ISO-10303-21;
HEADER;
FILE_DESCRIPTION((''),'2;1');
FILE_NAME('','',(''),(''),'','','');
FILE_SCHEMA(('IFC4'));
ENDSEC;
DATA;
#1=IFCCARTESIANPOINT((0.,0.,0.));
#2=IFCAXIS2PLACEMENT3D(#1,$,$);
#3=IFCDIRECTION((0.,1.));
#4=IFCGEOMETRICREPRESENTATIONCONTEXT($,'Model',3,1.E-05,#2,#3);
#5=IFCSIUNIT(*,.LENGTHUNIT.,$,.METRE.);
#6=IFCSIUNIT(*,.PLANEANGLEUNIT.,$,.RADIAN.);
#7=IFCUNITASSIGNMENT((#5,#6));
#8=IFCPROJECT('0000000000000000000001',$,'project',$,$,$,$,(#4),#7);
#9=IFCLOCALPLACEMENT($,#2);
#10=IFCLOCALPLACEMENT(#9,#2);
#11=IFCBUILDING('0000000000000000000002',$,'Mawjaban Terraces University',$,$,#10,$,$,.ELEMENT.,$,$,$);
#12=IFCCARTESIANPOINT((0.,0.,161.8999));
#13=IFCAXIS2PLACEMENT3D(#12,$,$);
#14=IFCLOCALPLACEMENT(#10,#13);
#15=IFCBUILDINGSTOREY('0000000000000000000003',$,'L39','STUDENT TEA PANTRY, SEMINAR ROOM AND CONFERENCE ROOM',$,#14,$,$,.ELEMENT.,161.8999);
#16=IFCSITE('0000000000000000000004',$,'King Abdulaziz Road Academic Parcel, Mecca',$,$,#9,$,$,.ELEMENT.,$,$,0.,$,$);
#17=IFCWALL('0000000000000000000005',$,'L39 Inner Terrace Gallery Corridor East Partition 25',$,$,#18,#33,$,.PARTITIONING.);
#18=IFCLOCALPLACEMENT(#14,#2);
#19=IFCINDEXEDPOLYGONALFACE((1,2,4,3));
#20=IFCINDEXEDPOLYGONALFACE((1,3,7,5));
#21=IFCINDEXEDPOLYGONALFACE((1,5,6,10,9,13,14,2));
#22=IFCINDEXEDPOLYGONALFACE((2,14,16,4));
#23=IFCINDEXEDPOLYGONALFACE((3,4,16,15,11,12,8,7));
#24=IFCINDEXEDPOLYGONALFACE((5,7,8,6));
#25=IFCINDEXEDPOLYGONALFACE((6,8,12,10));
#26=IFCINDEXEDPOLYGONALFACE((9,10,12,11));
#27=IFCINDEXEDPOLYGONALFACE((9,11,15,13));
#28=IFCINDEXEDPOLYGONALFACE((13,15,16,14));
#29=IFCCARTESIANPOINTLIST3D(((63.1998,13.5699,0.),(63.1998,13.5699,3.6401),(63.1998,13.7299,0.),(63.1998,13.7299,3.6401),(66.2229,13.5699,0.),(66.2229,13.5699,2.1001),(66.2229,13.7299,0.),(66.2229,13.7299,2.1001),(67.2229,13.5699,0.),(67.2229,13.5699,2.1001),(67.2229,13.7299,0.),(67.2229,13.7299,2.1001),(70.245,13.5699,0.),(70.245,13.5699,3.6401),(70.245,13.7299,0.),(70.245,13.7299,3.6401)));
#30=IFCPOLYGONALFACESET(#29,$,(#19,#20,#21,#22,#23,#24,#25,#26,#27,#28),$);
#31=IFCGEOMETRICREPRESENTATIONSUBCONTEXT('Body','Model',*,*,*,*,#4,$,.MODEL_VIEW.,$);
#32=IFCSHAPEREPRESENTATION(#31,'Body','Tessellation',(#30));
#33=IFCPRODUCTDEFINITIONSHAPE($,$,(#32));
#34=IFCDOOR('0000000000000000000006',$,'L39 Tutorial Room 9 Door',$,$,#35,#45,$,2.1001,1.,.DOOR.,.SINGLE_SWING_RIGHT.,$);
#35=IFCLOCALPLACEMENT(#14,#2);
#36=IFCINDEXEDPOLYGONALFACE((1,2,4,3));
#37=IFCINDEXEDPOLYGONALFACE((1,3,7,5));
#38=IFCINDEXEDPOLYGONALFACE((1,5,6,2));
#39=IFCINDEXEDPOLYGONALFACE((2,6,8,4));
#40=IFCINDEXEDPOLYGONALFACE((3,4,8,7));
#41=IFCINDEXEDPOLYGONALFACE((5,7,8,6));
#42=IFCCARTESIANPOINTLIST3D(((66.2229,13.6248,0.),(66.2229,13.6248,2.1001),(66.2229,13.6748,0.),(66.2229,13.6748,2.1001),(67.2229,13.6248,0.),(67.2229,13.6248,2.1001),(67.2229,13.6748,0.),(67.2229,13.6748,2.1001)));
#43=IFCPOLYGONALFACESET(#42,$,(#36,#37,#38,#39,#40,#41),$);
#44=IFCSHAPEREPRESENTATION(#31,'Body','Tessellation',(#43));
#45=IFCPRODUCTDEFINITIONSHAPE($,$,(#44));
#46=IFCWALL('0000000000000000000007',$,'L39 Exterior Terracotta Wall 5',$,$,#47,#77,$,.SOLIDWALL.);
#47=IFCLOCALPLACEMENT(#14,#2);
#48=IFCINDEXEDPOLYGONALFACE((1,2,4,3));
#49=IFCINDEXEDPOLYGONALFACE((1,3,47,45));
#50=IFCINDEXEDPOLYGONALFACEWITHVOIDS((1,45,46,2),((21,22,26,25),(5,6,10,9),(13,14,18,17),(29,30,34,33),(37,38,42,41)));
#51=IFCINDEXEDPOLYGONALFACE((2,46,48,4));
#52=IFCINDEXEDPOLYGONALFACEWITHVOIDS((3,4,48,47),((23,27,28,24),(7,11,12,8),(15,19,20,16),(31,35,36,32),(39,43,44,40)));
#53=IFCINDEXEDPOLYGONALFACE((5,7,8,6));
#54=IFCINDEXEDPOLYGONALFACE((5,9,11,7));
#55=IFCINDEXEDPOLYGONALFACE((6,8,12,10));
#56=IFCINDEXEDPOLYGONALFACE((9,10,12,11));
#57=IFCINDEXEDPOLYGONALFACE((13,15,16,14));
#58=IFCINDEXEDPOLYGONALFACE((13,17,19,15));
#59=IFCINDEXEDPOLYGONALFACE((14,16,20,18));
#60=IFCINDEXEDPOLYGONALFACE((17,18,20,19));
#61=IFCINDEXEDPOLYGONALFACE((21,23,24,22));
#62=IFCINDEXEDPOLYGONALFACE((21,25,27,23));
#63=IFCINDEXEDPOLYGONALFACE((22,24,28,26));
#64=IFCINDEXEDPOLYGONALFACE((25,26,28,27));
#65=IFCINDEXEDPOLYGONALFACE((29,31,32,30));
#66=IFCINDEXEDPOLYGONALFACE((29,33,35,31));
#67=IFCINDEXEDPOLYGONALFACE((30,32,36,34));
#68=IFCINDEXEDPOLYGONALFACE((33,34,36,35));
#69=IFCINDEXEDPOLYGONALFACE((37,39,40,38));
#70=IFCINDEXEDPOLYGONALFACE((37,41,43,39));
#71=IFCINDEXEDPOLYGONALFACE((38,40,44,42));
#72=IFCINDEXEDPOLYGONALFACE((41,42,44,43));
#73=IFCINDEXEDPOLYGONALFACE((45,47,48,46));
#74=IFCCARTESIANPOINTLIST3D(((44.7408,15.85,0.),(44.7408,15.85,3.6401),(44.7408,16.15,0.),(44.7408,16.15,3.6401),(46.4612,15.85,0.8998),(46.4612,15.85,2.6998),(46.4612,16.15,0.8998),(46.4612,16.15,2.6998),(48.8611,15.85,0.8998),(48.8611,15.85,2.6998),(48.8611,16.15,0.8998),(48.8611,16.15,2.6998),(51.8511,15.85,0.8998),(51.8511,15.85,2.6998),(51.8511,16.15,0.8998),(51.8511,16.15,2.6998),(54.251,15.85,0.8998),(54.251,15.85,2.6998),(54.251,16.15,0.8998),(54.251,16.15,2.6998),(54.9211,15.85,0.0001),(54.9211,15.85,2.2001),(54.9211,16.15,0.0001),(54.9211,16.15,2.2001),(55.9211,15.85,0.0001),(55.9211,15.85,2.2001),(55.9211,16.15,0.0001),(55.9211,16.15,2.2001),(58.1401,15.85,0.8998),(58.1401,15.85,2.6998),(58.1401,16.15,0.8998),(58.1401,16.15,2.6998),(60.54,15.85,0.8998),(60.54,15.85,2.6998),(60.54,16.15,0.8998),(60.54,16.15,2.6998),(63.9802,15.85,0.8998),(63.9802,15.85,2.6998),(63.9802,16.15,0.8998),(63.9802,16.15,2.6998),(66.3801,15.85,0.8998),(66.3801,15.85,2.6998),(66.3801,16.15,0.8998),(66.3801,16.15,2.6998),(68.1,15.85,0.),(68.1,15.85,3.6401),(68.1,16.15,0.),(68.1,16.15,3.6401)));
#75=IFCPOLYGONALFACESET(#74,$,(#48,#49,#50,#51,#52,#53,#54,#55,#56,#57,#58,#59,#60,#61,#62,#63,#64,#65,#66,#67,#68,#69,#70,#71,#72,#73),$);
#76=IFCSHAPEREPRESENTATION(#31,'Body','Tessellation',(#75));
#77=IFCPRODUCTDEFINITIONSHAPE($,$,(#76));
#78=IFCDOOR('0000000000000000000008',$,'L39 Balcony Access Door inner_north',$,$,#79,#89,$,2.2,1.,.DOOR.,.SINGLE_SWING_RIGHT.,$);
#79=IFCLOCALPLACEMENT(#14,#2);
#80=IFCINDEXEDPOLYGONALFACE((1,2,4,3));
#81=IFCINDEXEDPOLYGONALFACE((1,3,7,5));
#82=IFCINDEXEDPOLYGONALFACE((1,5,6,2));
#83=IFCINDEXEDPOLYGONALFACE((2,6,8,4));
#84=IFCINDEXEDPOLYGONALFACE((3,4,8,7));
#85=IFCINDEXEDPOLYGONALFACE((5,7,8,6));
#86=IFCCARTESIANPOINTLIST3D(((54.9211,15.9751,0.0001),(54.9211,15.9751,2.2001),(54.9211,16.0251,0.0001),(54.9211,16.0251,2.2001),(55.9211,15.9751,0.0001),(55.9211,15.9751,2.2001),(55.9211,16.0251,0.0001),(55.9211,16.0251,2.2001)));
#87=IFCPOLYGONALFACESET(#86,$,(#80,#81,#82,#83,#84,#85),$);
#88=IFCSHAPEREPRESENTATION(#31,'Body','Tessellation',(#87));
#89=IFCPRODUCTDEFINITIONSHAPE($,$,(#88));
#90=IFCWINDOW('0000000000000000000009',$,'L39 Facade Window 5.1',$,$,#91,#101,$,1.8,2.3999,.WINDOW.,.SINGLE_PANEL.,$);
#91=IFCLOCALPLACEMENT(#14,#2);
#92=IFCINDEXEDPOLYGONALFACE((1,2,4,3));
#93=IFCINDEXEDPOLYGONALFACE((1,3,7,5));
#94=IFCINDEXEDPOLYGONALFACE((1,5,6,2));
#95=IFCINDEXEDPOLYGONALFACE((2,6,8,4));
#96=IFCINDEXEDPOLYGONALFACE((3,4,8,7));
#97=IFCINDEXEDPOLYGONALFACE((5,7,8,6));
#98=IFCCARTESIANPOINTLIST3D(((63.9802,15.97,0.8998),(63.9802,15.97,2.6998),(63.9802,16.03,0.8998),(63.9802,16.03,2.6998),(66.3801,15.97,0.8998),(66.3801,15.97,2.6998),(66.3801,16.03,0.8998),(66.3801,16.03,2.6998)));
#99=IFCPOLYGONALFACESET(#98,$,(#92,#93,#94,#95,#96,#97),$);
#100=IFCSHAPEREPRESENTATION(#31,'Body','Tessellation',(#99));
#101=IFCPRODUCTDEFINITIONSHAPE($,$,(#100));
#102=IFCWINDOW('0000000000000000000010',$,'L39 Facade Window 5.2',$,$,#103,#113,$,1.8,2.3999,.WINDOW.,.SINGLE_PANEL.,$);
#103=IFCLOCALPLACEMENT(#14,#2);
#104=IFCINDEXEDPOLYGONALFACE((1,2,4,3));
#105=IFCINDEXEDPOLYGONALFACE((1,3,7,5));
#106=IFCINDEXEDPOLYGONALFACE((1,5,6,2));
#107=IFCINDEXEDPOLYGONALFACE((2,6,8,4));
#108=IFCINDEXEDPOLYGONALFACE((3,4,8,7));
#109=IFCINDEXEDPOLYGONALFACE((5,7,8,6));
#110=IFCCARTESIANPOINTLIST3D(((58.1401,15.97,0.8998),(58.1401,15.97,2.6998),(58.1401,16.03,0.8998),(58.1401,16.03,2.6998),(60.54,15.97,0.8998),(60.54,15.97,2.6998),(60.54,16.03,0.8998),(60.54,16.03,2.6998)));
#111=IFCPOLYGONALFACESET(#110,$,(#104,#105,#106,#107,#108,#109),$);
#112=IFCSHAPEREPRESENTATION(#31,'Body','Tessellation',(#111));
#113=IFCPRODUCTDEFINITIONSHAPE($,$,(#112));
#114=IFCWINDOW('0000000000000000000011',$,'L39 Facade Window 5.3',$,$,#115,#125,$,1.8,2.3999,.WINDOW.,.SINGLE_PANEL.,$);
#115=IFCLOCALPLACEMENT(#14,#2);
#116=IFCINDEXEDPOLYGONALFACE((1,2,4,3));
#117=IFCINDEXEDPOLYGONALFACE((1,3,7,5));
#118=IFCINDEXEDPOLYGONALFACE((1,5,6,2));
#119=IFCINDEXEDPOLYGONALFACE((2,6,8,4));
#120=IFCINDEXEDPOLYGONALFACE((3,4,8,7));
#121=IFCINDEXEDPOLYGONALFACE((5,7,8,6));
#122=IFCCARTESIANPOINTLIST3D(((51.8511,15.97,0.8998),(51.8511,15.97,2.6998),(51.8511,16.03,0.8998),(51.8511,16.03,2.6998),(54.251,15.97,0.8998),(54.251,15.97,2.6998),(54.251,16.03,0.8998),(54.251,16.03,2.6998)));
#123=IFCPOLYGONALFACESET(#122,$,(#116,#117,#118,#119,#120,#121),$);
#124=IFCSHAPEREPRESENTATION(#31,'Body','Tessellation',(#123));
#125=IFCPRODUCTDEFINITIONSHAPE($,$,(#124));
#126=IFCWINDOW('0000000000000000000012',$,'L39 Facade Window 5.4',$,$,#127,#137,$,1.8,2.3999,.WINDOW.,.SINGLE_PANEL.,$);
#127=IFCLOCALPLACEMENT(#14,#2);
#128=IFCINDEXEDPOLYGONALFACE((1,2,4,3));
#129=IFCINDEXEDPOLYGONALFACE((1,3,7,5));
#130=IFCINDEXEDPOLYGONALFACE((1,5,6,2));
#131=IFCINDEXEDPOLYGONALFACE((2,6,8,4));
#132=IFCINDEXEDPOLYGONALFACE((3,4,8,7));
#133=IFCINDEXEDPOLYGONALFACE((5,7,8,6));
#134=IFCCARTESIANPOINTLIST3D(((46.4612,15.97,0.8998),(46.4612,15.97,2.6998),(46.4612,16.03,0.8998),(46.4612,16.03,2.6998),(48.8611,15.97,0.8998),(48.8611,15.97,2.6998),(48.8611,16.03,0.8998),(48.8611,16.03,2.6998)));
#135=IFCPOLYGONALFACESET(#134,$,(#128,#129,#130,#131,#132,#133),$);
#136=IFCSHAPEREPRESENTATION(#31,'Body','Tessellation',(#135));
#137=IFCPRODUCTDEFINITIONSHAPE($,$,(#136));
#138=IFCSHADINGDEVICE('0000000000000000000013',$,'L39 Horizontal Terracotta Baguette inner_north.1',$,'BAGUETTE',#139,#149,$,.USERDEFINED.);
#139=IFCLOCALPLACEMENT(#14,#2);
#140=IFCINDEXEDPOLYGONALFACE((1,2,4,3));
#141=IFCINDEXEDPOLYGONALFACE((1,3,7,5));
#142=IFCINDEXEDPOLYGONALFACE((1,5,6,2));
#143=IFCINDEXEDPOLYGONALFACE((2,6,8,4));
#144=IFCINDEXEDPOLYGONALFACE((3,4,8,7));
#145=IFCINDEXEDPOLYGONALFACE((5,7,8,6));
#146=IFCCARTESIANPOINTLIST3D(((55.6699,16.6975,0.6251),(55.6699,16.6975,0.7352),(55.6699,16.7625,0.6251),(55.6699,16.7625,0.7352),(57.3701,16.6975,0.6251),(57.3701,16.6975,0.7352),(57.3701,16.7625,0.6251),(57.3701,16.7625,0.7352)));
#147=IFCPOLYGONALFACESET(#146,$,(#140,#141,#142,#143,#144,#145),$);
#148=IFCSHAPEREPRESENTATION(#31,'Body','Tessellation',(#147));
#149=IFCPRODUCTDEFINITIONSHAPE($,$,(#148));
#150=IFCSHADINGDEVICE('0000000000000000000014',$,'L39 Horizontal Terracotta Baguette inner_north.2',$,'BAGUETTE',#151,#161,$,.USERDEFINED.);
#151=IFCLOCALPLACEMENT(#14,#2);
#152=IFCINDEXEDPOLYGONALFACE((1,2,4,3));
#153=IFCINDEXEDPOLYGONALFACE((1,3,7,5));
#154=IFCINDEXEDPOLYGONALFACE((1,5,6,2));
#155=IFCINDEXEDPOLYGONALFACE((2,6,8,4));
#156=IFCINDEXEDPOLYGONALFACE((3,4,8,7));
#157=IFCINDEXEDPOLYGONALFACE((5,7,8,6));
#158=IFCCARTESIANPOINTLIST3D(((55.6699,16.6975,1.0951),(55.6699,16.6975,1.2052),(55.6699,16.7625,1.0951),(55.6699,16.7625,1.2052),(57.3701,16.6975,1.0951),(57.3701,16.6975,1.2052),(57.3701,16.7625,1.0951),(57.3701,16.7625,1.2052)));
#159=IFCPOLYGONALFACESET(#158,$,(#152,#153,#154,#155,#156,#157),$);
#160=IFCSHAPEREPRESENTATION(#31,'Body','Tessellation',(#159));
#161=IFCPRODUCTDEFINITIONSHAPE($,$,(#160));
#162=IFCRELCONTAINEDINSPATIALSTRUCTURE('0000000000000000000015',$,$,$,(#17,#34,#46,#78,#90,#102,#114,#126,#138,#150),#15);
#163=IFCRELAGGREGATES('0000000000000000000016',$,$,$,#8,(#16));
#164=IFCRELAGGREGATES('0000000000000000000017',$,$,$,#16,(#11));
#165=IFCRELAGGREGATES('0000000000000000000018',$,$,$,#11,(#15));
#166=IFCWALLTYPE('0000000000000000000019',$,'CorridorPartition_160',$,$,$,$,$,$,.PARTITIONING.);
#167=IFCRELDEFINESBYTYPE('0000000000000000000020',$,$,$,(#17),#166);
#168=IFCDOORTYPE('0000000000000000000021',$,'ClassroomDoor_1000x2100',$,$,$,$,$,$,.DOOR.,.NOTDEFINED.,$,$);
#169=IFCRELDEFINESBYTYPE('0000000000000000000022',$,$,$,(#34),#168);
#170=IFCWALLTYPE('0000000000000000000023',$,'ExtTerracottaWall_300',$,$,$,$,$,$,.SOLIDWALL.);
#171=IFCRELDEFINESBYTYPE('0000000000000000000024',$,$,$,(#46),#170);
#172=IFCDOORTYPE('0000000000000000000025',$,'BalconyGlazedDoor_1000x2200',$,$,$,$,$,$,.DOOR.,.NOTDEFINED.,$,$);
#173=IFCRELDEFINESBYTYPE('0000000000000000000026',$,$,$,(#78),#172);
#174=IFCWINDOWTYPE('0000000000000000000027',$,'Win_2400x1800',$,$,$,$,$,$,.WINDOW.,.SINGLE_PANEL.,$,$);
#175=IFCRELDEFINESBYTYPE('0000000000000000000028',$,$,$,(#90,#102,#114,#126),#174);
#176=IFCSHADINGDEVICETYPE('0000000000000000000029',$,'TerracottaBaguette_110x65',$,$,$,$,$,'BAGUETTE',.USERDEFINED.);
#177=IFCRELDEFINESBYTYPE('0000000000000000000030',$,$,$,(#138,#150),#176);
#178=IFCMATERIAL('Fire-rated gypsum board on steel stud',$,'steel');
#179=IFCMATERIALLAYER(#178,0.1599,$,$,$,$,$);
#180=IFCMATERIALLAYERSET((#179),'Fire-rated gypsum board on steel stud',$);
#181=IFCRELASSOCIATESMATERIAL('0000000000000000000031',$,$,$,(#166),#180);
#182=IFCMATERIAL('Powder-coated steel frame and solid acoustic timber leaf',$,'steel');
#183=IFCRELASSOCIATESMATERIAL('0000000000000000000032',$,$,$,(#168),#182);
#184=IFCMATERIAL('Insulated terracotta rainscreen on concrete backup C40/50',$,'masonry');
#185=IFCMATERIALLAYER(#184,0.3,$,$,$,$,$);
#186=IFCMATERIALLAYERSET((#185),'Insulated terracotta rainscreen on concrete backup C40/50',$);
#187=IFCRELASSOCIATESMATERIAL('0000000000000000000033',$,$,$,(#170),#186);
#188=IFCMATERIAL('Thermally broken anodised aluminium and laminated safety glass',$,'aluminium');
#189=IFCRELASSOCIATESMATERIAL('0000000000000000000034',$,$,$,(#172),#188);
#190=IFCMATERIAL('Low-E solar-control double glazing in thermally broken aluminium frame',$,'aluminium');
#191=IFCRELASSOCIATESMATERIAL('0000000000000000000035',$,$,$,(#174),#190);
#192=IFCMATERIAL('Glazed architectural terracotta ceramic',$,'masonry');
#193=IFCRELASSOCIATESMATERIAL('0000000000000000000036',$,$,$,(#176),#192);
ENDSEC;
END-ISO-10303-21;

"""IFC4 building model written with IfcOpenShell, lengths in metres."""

from ifc_helpers import new_model, si_unit, direction, frame, frame_2d, origin, origin_2d, place, context, subcontext, project, spatial, rectangle, extrude, material, layer, layer_set, material_profile, profile_set, type_object, element, fill, save


model = new_model("IFC4")

# Units and contexts
model_context = context("Model", 3, precision=1e-05, world=origin(), true_north=direction((0.0, 1.0)))
body_context = subcontext(model_context, "Body", "Model", "MODEL_VIEW")
ifc_project = project(units=[si_unit("LENGTHUNIT", "METRE"), si_unit("PLANEANGLEUNIT", "RADIAN")], contexts=[model_context])

# Site, building, storey
site_placement = place(None, origin())
site = spatial("IfcSite", under=ifc_project, at=site_placement, Name="King Abdulaziz Road Academic Parcel, Mecca", CompositionType="ELEMENT", RefElevation=0.0)
building_placement = place(site_placement, origin())
building = spatial("IfcBuilding", under=site, at=building_placement, Name="Mawjaban Terraces University", CompositionType="ELEMENT")
storey_placement = place(building_placement, frame((0.0, 0.0, 161.8999)))
storey = spatial("IfcBuildingStorey", under=building, at=storey_placement, Name="L39", Description="STUDENT TEA PANTRY, SEMINAR ROOM AND CONFERENCE ROOM", CompositionType="ELEMENT", Elevation=161.8999)

# Wall, opening, door
ifc_material_1 = material(Name="Fire-rated gypsum board on steel stud", Category="steel")
ifc_layer_1 = layer(ifc_material_1, 0.1599)
ifc_layer_set_1 = layer_set([ifc_layer_1], Name="Fire-rated gypsum board on steel stud")
wall_type_1 = type_object("IfcWallType", Name="CorridorPartition_160", PredefinedType="PARTITIONING", material=ifc_layer_set_1)
ifc_material_2 = material(Name="Powder-coated steel frame and solid acoustic timber leaf", Category="steel")
door_type_1 = type_object("IfcDoorType", Name="ClassroomDoor_1000x2100", OperationType="NOTDEFINED", PredefinedType="DOOR", material=ifc_material_2)
wall_1_placement = place(storey_placement, frame((63.2, 13.6499, 0.0), z_axis=(0.0, 0.0, 1.0), x_axis=(1.0, 0.0, 0.0)))
wall_1 = element("IfcWall", 1, at=wall_1_placement, inside=storey, type_object=wall_type_1, Name="L39 Inner Terrace Gallery Corridor East Partition 25", PredefinedType="PARTITIONING", context=body_context, shape_type="SweptSolid", body=[
    extrude(rectangle(XDim=7.0452, YDim=0.1599, at=frame_2d((3.5225, 0.0))), origin(), (0.0, 0.0, 1.0), 3.6401),
])
opening_1_placement = place(wall_1_placement, frame((3.0229, 0.0, 0.0)))
opening_1 = element("IfcOpeningElement", 2, at=opening_1_placement, cuts=wall_1, PredefinedType="OPENING", context=body_context, shape_type="SweptSolid", body=[
    extrude(rectangle(XDim=1.0, YDim=2.1001, at=frame_2d((0.5, 1.05))), frame((0.0, 0.0898, 0.0), z_axis=(0.0, -1.0, 0.0), x_axis=(1.0, 0.0, 0.0)), (0.0, 0.0, 1.0), 0.1799),
])
door_1_placement = place(opening_1_placement, origin())
door_1 = element("IfcDoor", 3, at=door_1_placement, inside=storey, type_object=door_type_1, Name="L39 Tutorial Room 9 Door", OperationType="SINGLE_SWING_RIGHT", OverallHeight=2.1001, OverallWidth=1.0, PredefinedType="DOOR", context=body_context, shape_type="SweptSolid", body=[
    extrude(rectangle(XDim=1.0, YDim=2.1001, at=frame_2d((0.5, 1.05))), frame((0.0, 0.0249, 0.0), z_axis=(0.0, -1.0, 0.0), x_axis=(1.0, 0.0, 0.0)), (0.0, 0.0, 1.0), 0.05),
])
fill(opening_1, door_1)

# Wall, openings, door, windows
ifc_material_3 = material(Name="Insulated terracotta rainscreen on concrete backup C40/50", Category="masonry")
ifc_layer_2 = layer(ifc_material_3, 0.3)
ifc_layer_set_2 = layer_set([ifc_layer_2], Name="Insulated terracotta rainscreen on concrete backup C40/50")
wall_type_2 = type_object("IfcWallType", Name="ExtTerracottaWall_300", PredefinedType="SOLIDWALL", material=ifc_layer_set_2)
wall_2_placement = place(storey_placement, frame((68.1001, 16.0, 0.0), z_axis=(0.0, 0.0, 1.0), x_axis=(-1.0, 0.0, 0.0)))
wall_2 = element("IfcWall", 4, at=wall_2_placement, inside=storey, type_object=wall_type_2, Name="L39 Exterior Terracotta Wall 5", PredefinedType="SOLIDWALL", context=body_context, shape_type="SweptSolid", body=[
    extrude(rectangle(XDim=23.3591, YDim=0.3, at=frame_2d((11.6797, 0.0))), origin(), (0.0, 0.0, 1.0), 3.6401),
])
opening_2_placement = place(wall_2_placement, frame((12.179, 0.0, 0.0)))
opening_2 = element("IfcOpeningElement", 5, at=opening_2_placement, cuts=wall_2, PredefinedType="OPENING", context=body_context, shape_type="SweptSolid", body=[
    extrude(rectangle(XDim=1.0, YDim=2.2, at=frame_2d((0.5, 1.1001))), frame((0.0, 0.1599, 0.0), z_axis=(0.0, -1.0, 0.0), x_axis=(1.0, 0.0, 0.0)), (0.0, 0.0, 1.0), 0.3201),
])
opening_3_placement = place(wall_2_placement, frame((1.72, 0.0, 0.8999)))
opening_3 = element("IfcOpeningElement", 6, at=opening_3_placement, cuts=wall_2, PredefinedType="OPENING", context=body_context, shape_type="SweptSolid", body=[
    extrude(rectangle(XDim=2.3999, YDim=1.8, at=frame_2d((1.2, 0.8999))), frame((0.0, 0.1599, 0.0), z_axis=(0.0, -1.0, 0.0), x_axis=(1.0, 0.0, 0.0)), (0.0, 0.0, 1.0), 0.3201),
])
opening_4_placement = place(wall_2_placement, frame((7.5601, 0.0, 0.8999)))
opening_4 = element("IfcOpeningElement", 7, at=opening_4_placement, cuts=wall_2, PredefinedType="OPENING", context=body_context, shape_type="SweptSolid", body=[
    extrude(rectangle(XDim=2.3999, YDim=1.8, at=frame_2d((1.2, 0.8999))), frame((0.0, 0.1599, 0.0), z_axis=(0.0, -1.0, 0.0), x_axis=(1.0, 0.0, 0.0)), (0.0, 0.0, 1.0), 0.3201),
])
opening_5_placement = place(wall_2_placement, frame((13.8491, 0.0, 0.8999)))
opening_5 = element("IfcOpeningElement", 8, at=opening_5_placement, cuts=wall_2, PredefinedType="OPENING", context=body_context, shape_type="SweptSolid", body=[
    extrude(rectangle(XDim=2.3999, YDim=1.8, at=frame_2d((1.2, 0.8999))), frame((0.0, 0.1599, 0.0), z_axis=(0.0, -1.0, 0.0), x_axis=(1.0, 0.0, 0.0)), (0.0, 0.0, 1.0), 0.3201),
])
opening_6_placement = place(wall_2_placement, frame((19.239, 0.0, 0.8999)))
opening_6 = element("IfcOpeningElement", 9, at=opening_6_placement, cuts=wall_2, PredefinedType="OPENING", context=body_context, shape_type="SweptSolid", body=[
    extrude(rectangle(XDim=2.3999, YDim=1.8, at=frame_2d((1.2, 0.8999))), frame((0.0, 0.1599, 0.0), z_axis=(0.0, -1.0, 0.0), x_axis=(1.0, 0.0, 0.0)), (0.0, 0.0, 1.0), 0.3201),
])
ifc_material_4 = material(Name="Thermally broken anodised aluminium and laminated safety glass", Category="aluminium")
door_type_2 = type_object("IfcDoorType", Name="BalconyGlazedDoor_1000x2200", OperationType="NOTDEFINED", PredefinedType="DOOR", material=ifc_material_4)
door_2_placement = place(opening_2_placement, origin())
door_2 = element("IfcDoor", 10, at=door_2_placement, inside=storey, type_object=door_type_2, Name="L39 Balcony Access Door inner_north", OperationType="SINGLE_SWING_RIGHT", OverallHeight=2.2, OverallWidth=1.0, PredefinedType="DOOR", context=body_context, shape_type="SweptSolid", body=[
    extrude(rectangle(XDim=1.0, YDim=2.2, at=frame_2d((0.5, 1.1001))), frame((0.0, 0.0249, 0.0), z_axis=(0.0, -1.0, 0.0), x_axis=(1.0, 0.0, 0.0)), (0.0, 0.0, 1.0), 0.05),
])
fill(opening_2, door_2)
ifc_material_5 = material(Name="Low-E solar-control double glazing in thermally broken aluminium frame", Category="aluminium")
window_type = type_object("IfcWindowType", Name="Win_2400x1800", PartitioningType="SINGLE_PANEL", PredefinedType="WINDOW", material=ifc_material_5)
window_1_placement = place(opening_3_placement, origin())
window_1 = element("IfcWindow", 11, at=window_1_placement, inside=storey, type_object=window_type, Name="L39 Facade Window 5.1", OverallHeight=1.8, OverallWidth=2.3999, PartitioningType="SINGLE_PANEL", PredefinedType="WINDOW", context=body_context, shape_type="SweptSolid", body=[
    extrude(rectangle(XDim=2.3999, YDim=1.8, at=frame_2d((1.2, 0.8999))), frame((0.0, 0.03, 0.0), z_axis=(0.0, -1.0, 0.0), x_axis=(1.0, 0.0, 0.0)), (0.0, 0.0, 1.0), 0.0601),
])
fill(opening_3, window_1)
window_2_placement = place(opening_4_placement, origin())
window_2 = element("IfcWindow", 12, at=window_2_placement, inside=storey, type_object=window_type, Name="L39 Facade Window 5.2", OverallHeight=1.8, OverallWidth=2.3999, PartitioningType="SINGLE_PANEL", PredefinedType="WINDOW", context=body_context, shape_type="SweptSolid", body=[
    extrude(rectangle(XDim=2.3999, YDim=1.8, at=frame_2d((1.2, 0.8999))), frame((0.0, 0.03, 0.0), z_axis=(0.0, -1.0, 0.0), x_axis=(1.0, 0.0, 0.0)), (0.0, 0.0, 1.0), 0.0601),
])
fill(opening_4, window_2)
window_3_placement = place(opening_5_placement, origin())
window_3 = element("IfcWindow", 13, at=window_3_placement, inside=storey, type_object=window_type, Name="L39 Facade Window 5.3", OverallHeight=1.8, OverallWidth=2.3999, PartitioningType="SINGLE_PANEL", PredefinedType="WINDOW", context=body_context, shape_type="SweptSolid", body=[
    extrude(rectangle(XDim=2.3999, YDim=1.8, at=frame_2d((1.2, 0.8999))), frame((0.0, 0.03, 0.0), z_axis=(0.0, -1.0, 0.0), x_axis=(1.0, 0.0, 0.0)), (0.0, 0.0, 1.0), 0.0601),
])
fill(opening_5, window_3)
window_4_placement = place(opening_6_placement, origin())
window_4 = element("IfcWindow", 14, at=window_4_placement, inside=storey, type_object=window_type, Name="L39 Facade Window 5.4", OverallHeight=1.8, OverallWidth=2.3999, PartitioningType="SINGLE_PANEL", PredefinedType="WINDOW", context=body_context, shape_type="SweptSolid", body=[
    extrude(rectangle(XDim=2.3999, YDim=1.8, at=frame_2d((1.2, 0.8999))), frame((0.0, 0.03, 0.0), z_axis=(0.0, -1.0, 0.0), x_axis=(1.0, 0.0, 0.0)), (0.0, 0.0, 1.0), 0.0601),
])
fill(opening_6, window_4)

# Shading devices
ifc_material_6 = material(Name="Glazed architectural terracotta ceramic", Category="masonry")
ifc_material_profile_1 = material_profile(ifc_material_6, rectangle(XDim=0.0649, YDim=0.1101, at=origin_2d()), Name="TBAG110X65")
ifc_profile_set_1 = profile_set([ifc_material_profile_1], Name="Glazed architectural terracotta ceramic")
shading_device_type_1 = type_object("IfcShadingDeviceType", Name="TerracottaBaguette_110x65", ElementType="BAGUETTE", PredefinedType="USERDEFINED", material=ifc_profile_set_1)
for number, where, z_axis, x_axis, name in (
    (15, (55.6699, 16.73, 0.6802), (1.0, 0.0, 0.0), (0.0, 1.0, 0.0), "L39 Horizontal Terracotta Baguette inner_north.1"),
    (16, (55.6699, 16.73, 1.1501), (1.0, 0.0, 0.0), (0.0, 1.0, 0.0), "L39 Horizontal Terracotta Baguette inner_north.2"),
):
    element("IfcShadingDevice", number, at=place(storey_placement, frame(where, z_axis=z_axis, x_axis=x_axis)), inside=storey, type_object=shading_device_type_1, Name=name, ObjectType="BAGUETTE", PredefinedType="USERDEFINED", context=body_context, shape_type="SweptSolid", body=[
        extrude(rectangle(XDim=0.0649, YDim=0.1101, at=origin_2d()), origin(), (0.0, 0.0, 1.0), 1.7002),
    ])

save(model, "model.ifc")
